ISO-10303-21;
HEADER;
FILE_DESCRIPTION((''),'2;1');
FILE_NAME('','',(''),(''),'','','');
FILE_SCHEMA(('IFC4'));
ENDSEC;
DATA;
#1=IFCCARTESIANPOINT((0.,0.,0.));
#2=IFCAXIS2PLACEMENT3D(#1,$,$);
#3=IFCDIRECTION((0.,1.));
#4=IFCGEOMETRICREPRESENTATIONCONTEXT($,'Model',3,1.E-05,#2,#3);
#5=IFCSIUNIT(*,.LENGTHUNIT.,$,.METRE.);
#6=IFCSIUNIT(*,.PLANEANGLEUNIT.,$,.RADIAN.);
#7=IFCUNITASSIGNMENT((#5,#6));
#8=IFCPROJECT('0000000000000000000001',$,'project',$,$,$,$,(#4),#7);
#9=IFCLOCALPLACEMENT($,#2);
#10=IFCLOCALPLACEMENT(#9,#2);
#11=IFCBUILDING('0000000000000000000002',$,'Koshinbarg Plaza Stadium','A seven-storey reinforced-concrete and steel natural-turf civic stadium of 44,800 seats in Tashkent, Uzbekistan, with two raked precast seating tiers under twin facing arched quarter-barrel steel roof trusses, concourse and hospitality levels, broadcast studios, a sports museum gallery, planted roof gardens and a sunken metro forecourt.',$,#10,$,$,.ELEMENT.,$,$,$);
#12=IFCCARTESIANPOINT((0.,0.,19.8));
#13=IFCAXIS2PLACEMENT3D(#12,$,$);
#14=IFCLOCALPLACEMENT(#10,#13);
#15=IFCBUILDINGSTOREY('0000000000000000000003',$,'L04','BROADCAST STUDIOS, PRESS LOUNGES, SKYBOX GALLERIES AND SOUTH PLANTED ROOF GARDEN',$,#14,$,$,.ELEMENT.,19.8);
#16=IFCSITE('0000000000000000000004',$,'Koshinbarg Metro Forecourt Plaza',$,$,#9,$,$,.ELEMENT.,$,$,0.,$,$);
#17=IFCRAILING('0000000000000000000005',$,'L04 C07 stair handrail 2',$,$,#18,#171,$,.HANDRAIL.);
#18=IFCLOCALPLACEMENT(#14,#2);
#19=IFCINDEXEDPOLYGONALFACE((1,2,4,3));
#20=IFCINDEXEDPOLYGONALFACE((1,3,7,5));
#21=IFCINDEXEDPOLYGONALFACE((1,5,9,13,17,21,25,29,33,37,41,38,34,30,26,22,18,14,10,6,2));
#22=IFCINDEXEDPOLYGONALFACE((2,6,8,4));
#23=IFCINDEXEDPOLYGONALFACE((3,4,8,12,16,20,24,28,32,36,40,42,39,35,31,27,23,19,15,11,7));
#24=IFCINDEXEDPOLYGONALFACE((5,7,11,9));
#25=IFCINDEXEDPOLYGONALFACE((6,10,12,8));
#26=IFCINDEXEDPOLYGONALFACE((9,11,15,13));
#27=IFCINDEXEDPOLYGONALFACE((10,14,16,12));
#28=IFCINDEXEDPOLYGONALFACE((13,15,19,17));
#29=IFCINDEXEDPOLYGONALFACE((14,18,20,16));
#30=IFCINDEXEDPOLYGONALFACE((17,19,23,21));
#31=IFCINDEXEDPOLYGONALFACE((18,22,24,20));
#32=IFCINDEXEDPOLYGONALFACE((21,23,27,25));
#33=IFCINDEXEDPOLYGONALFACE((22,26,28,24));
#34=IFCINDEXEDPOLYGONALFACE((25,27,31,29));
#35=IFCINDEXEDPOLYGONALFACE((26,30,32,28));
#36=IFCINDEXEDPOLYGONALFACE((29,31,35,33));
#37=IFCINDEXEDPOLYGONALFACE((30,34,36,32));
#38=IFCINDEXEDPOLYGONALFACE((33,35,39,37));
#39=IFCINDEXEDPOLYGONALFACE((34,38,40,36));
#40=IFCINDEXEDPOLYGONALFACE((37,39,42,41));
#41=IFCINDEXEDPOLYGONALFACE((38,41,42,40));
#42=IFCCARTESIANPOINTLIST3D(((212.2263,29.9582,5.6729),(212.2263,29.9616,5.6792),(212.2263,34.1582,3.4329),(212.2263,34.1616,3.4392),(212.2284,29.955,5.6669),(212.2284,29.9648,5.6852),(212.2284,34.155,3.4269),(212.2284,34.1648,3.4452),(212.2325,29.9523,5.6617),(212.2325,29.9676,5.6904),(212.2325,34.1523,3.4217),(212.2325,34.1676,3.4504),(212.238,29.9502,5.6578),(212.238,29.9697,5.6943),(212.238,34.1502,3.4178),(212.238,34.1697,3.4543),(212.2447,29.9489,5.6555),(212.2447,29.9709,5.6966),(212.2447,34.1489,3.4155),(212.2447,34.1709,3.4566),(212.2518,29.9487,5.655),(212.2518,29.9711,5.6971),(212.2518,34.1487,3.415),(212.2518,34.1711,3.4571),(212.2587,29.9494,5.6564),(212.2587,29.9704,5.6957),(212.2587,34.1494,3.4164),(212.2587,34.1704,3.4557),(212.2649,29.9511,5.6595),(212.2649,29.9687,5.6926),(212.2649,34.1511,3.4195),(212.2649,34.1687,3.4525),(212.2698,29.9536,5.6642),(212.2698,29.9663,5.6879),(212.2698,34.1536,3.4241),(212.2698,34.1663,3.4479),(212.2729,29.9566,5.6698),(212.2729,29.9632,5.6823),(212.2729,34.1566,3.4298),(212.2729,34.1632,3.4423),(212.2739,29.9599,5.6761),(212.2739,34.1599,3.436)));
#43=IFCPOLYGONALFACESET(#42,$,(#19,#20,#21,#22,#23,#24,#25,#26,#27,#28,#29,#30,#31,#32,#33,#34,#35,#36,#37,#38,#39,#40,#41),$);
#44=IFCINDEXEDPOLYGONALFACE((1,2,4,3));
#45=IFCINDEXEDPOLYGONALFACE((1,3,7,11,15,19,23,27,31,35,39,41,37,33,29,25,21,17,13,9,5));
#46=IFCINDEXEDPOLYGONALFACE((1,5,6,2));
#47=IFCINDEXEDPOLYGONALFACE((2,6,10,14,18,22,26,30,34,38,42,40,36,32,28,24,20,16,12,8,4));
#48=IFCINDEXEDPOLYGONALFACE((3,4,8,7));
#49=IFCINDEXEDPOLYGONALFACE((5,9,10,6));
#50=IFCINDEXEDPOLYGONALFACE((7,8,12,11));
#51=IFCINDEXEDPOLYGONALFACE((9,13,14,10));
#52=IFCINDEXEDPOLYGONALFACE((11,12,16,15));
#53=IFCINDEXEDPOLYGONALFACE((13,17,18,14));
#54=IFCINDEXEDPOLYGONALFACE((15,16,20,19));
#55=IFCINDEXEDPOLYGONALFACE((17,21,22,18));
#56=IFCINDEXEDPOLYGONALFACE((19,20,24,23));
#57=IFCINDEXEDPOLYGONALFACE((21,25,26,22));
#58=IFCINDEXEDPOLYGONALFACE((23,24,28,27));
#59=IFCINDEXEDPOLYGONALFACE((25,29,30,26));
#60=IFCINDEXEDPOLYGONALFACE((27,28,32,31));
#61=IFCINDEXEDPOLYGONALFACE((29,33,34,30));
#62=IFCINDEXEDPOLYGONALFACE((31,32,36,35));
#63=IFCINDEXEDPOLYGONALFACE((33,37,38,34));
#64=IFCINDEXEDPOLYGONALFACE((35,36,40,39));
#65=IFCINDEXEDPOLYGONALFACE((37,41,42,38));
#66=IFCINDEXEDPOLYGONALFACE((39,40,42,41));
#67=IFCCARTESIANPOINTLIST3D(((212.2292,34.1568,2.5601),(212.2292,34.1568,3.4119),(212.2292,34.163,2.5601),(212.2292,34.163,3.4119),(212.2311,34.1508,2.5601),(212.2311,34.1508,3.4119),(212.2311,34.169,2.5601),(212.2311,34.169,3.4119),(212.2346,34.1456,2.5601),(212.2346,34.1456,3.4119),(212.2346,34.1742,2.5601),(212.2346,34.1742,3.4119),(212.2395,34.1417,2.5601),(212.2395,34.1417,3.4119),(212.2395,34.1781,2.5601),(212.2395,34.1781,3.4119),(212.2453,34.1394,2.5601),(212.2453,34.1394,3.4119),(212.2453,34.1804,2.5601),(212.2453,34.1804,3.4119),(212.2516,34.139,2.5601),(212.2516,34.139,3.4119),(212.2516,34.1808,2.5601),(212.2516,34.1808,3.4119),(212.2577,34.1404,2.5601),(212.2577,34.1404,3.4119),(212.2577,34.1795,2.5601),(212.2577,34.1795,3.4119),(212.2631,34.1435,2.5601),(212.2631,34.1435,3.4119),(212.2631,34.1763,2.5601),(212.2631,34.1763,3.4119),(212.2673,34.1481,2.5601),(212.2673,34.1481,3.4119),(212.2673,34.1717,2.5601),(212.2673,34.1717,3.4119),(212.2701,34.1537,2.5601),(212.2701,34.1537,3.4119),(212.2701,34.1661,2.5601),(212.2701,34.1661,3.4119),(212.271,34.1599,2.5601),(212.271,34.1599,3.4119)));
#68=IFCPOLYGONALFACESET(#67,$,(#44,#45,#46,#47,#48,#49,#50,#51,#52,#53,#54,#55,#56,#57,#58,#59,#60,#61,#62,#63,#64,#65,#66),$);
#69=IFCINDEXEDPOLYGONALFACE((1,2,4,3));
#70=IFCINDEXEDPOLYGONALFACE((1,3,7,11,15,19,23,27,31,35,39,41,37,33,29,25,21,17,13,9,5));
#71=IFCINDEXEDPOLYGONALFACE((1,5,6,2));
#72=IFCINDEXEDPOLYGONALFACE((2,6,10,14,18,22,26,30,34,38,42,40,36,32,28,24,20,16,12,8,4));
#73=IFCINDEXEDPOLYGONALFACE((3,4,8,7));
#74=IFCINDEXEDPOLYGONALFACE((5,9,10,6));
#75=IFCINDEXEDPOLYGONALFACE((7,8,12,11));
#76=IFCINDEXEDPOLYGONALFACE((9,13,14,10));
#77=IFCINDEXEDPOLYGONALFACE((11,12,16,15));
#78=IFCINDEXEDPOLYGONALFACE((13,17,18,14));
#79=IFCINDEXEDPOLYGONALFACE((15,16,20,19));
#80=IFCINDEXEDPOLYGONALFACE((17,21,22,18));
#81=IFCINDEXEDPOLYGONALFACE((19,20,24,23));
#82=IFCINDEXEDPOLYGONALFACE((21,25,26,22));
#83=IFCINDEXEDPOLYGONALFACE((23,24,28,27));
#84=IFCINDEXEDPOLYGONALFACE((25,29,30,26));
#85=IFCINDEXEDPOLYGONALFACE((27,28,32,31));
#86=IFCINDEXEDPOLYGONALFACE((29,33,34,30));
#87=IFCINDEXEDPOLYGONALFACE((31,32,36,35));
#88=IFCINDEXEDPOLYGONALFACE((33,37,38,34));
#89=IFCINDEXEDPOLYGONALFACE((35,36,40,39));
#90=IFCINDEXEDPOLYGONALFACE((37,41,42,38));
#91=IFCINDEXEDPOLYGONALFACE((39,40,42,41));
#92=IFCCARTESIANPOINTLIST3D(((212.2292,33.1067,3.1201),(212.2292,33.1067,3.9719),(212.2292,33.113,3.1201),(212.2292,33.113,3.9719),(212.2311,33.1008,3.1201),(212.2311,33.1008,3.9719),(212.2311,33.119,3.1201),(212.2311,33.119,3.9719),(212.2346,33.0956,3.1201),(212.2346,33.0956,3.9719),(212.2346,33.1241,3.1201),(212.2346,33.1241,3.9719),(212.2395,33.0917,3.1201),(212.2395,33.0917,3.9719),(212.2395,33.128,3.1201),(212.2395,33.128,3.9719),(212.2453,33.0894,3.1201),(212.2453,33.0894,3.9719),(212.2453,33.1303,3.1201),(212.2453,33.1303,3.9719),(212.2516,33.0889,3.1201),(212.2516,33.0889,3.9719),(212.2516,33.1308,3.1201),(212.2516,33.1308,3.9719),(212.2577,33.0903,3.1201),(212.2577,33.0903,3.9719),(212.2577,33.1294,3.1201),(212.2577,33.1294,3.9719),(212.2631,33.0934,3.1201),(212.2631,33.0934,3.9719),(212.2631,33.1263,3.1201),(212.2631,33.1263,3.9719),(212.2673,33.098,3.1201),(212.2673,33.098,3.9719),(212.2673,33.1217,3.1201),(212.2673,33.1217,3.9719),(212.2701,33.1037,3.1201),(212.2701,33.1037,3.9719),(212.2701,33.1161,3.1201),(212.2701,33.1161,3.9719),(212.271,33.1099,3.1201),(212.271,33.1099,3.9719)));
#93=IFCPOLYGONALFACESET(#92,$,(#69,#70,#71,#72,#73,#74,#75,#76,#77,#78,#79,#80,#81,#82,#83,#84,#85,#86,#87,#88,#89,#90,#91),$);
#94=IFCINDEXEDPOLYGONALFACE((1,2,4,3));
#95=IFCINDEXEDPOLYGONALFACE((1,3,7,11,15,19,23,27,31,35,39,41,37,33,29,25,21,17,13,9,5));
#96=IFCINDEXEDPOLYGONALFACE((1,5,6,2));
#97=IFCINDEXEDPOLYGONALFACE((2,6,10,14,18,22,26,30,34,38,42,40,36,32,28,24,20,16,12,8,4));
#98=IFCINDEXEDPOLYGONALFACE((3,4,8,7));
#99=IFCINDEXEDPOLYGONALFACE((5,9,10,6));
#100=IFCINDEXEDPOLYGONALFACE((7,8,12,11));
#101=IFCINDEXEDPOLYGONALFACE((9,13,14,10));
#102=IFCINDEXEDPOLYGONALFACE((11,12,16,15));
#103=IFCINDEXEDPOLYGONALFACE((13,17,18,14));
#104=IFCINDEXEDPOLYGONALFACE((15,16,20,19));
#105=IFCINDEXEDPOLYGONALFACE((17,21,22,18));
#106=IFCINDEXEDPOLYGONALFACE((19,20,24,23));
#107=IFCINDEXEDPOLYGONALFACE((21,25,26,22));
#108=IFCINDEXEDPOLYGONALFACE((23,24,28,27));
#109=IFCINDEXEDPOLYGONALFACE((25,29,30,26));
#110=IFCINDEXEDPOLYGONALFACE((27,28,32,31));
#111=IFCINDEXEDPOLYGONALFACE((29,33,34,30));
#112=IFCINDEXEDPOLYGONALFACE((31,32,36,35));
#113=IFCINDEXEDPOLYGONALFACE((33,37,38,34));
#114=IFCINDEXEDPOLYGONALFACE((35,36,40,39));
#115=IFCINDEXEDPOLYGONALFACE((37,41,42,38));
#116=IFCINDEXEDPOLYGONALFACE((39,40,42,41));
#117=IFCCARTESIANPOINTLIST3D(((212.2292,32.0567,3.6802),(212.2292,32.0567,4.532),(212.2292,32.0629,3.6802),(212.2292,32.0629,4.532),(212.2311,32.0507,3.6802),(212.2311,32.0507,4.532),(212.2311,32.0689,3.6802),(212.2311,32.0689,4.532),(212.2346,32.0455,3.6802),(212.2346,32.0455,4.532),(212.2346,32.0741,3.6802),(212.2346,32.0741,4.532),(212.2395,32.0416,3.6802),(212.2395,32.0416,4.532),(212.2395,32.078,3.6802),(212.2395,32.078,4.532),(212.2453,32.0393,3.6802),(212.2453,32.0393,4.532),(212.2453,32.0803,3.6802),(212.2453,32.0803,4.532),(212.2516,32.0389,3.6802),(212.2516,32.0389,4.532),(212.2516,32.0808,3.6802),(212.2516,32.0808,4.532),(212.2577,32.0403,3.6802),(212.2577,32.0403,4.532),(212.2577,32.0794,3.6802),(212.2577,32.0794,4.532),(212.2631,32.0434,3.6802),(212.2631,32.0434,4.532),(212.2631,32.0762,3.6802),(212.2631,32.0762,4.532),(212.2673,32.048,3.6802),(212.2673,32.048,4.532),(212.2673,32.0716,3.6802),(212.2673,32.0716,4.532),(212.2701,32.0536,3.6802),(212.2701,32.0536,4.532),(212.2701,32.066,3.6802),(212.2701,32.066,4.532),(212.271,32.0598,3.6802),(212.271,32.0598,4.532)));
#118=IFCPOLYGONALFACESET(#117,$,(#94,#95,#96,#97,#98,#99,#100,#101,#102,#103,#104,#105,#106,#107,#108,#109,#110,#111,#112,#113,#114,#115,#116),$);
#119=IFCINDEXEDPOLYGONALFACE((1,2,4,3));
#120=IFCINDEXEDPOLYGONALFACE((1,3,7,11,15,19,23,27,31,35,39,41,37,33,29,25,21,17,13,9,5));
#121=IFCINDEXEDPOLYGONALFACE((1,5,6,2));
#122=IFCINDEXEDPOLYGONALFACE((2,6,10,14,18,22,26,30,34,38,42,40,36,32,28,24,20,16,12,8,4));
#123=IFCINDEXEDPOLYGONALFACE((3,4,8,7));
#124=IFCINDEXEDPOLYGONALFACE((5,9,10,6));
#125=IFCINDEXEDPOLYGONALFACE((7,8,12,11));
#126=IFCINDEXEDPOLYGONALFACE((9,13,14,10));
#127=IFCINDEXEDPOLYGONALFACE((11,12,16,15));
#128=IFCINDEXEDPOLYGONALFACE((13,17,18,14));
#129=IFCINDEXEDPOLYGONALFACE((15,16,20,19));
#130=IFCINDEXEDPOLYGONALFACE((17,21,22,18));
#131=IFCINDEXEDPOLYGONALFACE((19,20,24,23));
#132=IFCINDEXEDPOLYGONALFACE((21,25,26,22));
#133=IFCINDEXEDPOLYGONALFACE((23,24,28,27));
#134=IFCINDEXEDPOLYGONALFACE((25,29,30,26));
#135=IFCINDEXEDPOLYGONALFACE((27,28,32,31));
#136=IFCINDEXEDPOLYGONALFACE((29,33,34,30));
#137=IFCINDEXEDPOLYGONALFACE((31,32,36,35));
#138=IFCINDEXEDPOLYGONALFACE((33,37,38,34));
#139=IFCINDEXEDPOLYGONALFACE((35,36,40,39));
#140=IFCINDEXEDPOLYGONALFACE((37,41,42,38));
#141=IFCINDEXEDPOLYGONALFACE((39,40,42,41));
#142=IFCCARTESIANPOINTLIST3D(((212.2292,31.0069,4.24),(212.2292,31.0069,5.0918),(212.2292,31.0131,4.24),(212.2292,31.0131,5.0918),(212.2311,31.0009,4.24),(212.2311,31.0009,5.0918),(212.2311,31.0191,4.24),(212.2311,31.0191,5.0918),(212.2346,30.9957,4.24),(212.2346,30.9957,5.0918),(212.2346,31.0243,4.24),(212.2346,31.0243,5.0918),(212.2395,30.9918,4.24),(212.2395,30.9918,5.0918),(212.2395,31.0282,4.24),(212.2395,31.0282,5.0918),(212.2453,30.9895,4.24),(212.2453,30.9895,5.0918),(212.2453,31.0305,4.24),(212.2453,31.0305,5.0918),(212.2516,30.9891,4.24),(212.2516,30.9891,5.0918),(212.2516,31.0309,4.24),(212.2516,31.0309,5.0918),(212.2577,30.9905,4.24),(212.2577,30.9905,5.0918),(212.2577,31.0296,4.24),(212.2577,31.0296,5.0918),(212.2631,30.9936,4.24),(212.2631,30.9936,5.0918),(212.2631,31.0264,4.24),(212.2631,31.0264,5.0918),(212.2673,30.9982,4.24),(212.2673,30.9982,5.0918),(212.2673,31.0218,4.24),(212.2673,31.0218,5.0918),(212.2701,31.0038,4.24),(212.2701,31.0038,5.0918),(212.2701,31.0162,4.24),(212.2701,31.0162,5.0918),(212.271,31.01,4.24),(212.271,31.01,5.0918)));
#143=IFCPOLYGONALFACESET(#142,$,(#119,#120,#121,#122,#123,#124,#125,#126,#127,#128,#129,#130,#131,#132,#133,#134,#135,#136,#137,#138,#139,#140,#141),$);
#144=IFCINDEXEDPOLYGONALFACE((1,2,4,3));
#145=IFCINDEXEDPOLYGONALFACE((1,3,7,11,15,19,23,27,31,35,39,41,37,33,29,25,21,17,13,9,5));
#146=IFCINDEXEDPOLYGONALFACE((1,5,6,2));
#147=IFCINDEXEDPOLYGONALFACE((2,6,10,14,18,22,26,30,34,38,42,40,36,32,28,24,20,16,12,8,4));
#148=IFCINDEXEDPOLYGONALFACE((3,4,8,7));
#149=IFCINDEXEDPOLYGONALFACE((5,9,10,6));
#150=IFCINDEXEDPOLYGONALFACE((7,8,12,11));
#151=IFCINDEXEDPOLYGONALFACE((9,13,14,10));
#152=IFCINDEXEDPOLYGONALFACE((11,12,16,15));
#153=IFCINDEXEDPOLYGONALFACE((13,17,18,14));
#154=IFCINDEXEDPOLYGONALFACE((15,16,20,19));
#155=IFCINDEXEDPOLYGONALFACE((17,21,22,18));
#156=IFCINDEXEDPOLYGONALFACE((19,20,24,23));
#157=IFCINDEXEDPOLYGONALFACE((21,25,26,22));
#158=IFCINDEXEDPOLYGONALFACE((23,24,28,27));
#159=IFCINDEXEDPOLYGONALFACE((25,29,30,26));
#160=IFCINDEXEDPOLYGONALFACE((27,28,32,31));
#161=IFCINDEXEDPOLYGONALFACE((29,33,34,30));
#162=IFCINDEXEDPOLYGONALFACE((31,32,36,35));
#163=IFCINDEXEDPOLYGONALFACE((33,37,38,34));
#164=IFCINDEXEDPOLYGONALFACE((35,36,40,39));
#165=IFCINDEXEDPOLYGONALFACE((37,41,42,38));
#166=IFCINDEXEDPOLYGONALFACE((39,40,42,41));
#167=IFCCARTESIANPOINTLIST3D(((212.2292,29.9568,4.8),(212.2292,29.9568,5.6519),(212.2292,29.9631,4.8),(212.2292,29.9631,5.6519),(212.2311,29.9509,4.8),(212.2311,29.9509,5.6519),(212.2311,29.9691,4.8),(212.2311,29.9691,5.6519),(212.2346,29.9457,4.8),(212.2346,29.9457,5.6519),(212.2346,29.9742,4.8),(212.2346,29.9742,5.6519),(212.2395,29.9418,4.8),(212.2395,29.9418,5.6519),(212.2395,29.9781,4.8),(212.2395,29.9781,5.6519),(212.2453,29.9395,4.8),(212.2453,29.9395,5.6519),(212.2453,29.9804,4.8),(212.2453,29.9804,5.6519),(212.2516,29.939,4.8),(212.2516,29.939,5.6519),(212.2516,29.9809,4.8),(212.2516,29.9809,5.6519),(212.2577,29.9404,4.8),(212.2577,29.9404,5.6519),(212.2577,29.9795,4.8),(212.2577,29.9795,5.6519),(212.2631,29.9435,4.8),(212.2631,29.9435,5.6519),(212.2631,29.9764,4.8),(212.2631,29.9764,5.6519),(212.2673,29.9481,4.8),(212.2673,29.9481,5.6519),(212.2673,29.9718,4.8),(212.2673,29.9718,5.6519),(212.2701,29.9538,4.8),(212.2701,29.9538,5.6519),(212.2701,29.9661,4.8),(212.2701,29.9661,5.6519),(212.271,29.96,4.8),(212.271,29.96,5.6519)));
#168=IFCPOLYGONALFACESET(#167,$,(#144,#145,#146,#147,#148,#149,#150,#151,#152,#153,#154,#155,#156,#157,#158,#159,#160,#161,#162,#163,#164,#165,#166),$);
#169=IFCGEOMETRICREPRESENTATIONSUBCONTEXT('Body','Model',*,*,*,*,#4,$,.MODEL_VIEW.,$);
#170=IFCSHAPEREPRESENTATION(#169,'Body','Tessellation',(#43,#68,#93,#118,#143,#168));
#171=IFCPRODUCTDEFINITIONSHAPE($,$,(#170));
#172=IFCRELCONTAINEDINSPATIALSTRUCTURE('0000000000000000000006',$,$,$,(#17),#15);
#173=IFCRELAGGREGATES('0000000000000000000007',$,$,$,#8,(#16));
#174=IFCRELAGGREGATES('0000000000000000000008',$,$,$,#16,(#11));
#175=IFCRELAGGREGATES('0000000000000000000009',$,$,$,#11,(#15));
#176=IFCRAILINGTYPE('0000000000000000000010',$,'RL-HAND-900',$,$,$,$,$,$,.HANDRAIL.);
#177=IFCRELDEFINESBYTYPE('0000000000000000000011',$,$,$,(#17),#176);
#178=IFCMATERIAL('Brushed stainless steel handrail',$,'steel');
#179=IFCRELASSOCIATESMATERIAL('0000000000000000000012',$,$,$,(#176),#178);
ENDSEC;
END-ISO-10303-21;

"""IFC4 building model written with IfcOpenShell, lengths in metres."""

from ifc_helpers import new_model, si_unit, direction, frame, origin, origin_2d, place, context, subcontext, project, spatial, circle, extrude, material, type_object, element, save


model = new_model("IFC4")

# Units and contexts
model_context = context("Model", 3, precision=1e-05, world=origin(), true_north=direction((0.0, 1.0)))
body_context = subcontext(model_context, "Body", "Model", "MODEL_VIEW")
ifc_project = project(units=[si_unit("LENGTHUNIT", "METRE"), si_unit("PLANEANGLEUNIT", "RADIAN")], contexts=[model_context])

# Site, building, storey
site_placement = place(None, origin())
site = spatial("IfcSite", under=ifc_project, at=site_placement, Name="Koshinbarg Metro Forecourt Plaza", CompositionType="ELEMENT", RefElevation=0.0)
building_placement = place(site_placement, origin())
building = spatial("IfcBuilding", under=site, at=building_placement, Name="Koshinbarg Plaza Stadium", Description="A seven-storey reinforced-concrete and steel natural-turf civic stadium of 44,800 seats in Tashkent, Uzbekistan, with two raked precast seating tiers under twin facing arched quarter-barrel steel roof trusses, concourse and hospitality levels, broadcast studios, a sports museum gallery, planted roof gardens and a sunken metro forecourt.", CompositionType="ELEMENT")
storey_placement = place(building_placement, frame((0.0, 0.0, 19.8)))
storey = spatial("IfcBuildingStorey", under=building, at=storey_placement, Name="L04", Description="BROADCAST STUDIOS, PRESS LOUNGES, SKYBOX GALLERIES AND SOUTH PLANTED ROOF GARDEN", CompositionType="ELEMENT", Elevation=19.8)

# Railing
ifc_material_1 = material(Name="Brushed stainless steel handrail", Category="steel")
railing_type_1 = type_object("IfcRailingType", Name="RL-HAND-900", PredefinedType="HANDRAIL", material=ifc_material_1)
railing_1_placement = place(storey_placement, frame((212.25, 34.1599, 2.5601)))
element("IfcRailing", 1, at=railing_1_placement, inside=storey, type_object=railing_type_1, Name="L04 C07 stair handrail 2", PredefinedType="HANDRAIL", context=body_context, shape_type="SweptSolid", body=[
    extrude(circle(Radius=0.0239, at=origin_2d()), frame((0.0, 0.0, 0.876), z_axis=(0.0, -0.882352, 0.470591), x_axis=(1.0, 0.0, 0.0)), (0.0, 0.0, 1.0), 4.76),
    extrude(circle(Radius=0.021, at=origin_2d()), origin(), (0.0, 0.0, 1.0), 0.8518),
    extrude(circle(Radius=0.021, at=origin_2d()), frame((0.0, -1.05, 0.5601)), (0.0, 0.0, 1.0), 0.8518),
    extrude(circle(Radius=0.021, at=origin_2d()), frame((0.0, -2.1001, 1.1201)), (0.0, 0.0, 1.0), 0.8518),
    extrude(circle(Radius=0.021, at=origin_2d()), frame((0.0, -3.1499, 1.6799)), (0.0, 0.0, 1.0), 0.8518),
    extrude(circle(Radius=0.021, at=origin_2d()), frame((0.0, -4.2, 2.24)), (0.0, 0.0, 1.0), 0.8518),
])

save(model, "model.ifc")
